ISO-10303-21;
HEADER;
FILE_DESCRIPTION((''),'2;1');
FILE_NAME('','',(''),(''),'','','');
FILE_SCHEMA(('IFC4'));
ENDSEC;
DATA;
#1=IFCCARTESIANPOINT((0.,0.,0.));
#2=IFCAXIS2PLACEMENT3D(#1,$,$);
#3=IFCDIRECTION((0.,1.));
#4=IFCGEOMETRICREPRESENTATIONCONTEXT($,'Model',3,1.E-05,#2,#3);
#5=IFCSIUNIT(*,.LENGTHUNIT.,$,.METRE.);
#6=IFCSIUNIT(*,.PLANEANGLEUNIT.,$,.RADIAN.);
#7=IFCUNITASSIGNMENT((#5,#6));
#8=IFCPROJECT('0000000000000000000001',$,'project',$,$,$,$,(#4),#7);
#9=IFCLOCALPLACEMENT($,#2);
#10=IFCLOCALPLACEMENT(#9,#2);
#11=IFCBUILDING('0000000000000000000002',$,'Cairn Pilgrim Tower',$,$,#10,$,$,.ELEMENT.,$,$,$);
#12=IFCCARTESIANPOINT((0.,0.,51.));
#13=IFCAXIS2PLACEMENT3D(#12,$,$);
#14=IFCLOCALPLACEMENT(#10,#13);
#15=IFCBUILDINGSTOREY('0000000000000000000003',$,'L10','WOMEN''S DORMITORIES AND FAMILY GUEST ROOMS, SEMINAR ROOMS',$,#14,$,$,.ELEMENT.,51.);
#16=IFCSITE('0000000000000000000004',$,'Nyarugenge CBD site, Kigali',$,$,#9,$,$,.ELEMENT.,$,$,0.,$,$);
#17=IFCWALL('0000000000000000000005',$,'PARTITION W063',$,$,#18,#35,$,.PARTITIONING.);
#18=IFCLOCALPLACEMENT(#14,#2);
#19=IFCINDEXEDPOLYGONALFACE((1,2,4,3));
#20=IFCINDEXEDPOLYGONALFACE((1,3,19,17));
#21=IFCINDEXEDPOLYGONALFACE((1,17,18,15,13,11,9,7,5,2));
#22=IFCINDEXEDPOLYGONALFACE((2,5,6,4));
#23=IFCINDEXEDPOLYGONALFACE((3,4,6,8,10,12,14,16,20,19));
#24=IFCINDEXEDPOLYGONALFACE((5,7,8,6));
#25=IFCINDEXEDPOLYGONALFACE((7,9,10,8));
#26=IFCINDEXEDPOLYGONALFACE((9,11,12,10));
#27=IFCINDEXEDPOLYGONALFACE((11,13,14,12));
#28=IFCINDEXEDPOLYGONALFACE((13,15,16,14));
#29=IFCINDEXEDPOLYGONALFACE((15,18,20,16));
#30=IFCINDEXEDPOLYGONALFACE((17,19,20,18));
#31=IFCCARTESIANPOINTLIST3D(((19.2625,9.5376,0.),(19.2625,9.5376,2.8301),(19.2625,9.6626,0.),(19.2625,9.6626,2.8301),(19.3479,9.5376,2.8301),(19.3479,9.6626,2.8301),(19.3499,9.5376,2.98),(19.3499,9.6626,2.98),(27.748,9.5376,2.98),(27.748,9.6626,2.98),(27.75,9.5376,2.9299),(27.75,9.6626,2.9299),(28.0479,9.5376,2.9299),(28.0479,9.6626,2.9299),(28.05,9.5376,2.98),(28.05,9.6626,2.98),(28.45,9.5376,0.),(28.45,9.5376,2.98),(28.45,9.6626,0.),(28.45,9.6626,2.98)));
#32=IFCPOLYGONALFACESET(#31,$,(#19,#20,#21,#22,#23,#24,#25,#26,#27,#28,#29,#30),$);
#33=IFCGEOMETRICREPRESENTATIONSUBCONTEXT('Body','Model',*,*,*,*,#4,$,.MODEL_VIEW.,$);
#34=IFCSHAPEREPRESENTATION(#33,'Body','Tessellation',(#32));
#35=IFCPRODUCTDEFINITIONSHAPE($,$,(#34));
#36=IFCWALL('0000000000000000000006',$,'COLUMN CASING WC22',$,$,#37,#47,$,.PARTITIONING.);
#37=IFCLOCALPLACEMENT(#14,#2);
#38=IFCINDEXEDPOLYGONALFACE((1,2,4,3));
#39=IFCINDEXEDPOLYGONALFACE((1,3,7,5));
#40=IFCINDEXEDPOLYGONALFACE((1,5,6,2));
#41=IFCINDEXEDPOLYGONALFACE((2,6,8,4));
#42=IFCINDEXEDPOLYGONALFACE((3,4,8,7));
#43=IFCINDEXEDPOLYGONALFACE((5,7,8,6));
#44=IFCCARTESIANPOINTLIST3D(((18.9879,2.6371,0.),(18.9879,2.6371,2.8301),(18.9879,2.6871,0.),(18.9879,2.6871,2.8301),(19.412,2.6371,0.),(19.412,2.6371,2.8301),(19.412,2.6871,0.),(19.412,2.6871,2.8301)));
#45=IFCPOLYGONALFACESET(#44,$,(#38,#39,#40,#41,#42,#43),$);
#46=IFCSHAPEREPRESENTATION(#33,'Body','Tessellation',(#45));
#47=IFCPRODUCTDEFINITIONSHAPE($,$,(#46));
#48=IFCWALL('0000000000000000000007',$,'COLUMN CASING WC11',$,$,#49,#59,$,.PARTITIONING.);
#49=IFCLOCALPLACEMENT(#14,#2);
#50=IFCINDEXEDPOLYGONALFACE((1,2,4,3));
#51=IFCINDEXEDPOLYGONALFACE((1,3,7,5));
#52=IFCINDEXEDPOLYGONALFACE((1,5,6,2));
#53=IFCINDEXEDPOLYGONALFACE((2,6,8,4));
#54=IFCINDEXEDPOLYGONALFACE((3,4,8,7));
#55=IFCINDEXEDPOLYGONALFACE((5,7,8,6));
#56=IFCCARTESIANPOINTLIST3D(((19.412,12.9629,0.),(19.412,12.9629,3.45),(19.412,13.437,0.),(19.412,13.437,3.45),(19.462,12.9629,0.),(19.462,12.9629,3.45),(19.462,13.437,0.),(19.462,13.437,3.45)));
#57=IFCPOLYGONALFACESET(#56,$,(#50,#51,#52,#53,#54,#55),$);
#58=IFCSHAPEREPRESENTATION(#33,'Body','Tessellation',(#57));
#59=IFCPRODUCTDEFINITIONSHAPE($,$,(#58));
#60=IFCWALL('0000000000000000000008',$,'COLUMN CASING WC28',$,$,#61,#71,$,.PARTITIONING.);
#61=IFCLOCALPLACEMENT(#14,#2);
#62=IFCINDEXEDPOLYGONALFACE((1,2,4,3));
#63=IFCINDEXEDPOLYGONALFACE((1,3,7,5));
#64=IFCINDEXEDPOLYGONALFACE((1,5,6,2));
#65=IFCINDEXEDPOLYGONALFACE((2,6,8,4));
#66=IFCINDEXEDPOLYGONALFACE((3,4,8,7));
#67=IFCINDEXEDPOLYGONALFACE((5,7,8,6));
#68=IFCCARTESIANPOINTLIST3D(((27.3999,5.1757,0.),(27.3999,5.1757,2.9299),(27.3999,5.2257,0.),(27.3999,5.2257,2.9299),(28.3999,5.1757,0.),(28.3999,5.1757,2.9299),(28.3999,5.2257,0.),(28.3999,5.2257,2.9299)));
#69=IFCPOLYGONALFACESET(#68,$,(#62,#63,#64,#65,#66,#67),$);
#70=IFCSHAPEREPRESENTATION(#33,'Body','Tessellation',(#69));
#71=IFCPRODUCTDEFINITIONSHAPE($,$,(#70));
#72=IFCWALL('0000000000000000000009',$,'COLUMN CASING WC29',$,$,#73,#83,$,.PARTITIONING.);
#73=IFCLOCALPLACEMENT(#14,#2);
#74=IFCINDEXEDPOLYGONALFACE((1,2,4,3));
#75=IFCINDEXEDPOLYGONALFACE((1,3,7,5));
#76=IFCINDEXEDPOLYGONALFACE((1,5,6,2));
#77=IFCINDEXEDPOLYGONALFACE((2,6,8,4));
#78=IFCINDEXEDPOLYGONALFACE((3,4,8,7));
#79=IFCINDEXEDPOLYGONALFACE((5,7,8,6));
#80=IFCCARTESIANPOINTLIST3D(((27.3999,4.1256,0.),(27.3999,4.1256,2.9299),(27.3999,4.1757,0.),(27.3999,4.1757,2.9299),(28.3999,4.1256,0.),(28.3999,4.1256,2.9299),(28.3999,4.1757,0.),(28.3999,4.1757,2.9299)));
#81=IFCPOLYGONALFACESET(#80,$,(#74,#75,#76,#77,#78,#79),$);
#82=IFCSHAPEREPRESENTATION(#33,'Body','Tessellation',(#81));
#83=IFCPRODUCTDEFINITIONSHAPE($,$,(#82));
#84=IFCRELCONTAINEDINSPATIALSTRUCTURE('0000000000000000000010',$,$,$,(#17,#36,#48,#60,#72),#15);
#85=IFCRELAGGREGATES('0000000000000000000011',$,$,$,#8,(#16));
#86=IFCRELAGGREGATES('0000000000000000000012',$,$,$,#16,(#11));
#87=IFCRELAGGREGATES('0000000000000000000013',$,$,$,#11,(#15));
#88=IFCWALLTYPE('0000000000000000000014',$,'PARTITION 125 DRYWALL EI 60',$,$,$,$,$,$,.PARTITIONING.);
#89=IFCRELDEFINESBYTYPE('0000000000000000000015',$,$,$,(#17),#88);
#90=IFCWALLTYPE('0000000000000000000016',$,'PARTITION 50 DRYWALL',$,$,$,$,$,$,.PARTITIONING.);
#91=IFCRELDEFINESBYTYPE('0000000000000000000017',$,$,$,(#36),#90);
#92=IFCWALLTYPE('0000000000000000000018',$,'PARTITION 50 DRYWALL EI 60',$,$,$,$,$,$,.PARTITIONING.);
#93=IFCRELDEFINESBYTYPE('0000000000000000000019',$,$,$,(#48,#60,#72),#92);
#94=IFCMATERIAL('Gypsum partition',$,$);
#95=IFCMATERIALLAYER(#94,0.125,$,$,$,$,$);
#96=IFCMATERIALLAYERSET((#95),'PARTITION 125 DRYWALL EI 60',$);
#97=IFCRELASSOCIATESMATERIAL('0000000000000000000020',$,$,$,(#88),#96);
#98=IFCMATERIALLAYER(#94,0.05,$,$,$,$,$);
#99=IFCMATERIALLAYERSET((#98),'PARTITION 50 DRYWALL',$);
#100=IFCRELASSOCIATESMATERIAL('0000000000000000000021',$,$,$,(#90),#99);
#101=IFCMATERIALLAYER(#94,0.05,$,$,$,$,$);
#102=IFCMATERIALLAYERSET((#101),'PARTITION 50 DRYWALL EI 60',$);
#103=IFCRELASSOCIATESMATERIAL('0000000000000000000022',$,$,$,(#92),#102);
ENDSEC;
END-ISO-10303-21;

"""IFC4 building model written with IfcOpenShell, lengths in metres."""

from ifc_helpers import new_model, si_unit, direction, frame, frame_2d, origin, place, context, subcontext, project, spatial, polyline, rectangle, outline, extrude, material, layer, layer_set, type_object, element, save


model = new_model("IFC4")

# Units and contexts
model_context = context("Model", 3, precision=1e-05, world=origin(), true_north=direction((0.0, 1.0)))
body_context = subcontext(model_context, "Body", "Model", "MODEL_VIEW")
ifc_project = project(units=[si_unit("LENGTHUNIT", "METRE"), si_unit("PLANEANGLEUNIT", "RADIAN")], contexts=[model_context])

# Site, building, storey
site_placement = place(None, origin())
site = spatial("IfcSite", under=ifc_project, at=site_placement, Name="Nyarugenge CBD site, Kigali", CompositionType="ELEMENT", RefElevation=0.0)
building_placement = place(site_placement, origin())
building = spatial("IfcBuilding", under=site, at=building_placement, Name="Cairn Pilgrim Tower", CompositionType="ELEMENT")
storey_placement = place(building_placement, frame((0.0, 0.0, 51.0)))
storey = spatial("IfcBuildingStorey", under=building, at=storey_placement, Name="L10", Description="WOMEN'S DORMITORIES AND FAMILY GUEST ROOMS, SEMINAR ROOMS", CompositionType="ELEMENT", Elevation=51.0)

# Shared definitions
ifc_material_1 = material(Name="Gypsum partition")

# Shared definitions
ifc_layer_1 = layer(ifc_material_1, 0.125)
ifc_layer_set_1 = layer_set([ifc_layer_1], Name="PARTITION 125 DRYWALL EI 60")
wall_type_1 = type_object("IfcWallType", Name="PARTITION 125 DRYWALL EI 60", PredefinedType="PARTITIONING", material=ifc_layer_set_1)

# Walls
wall_1_placement = place(storey_placement, frame((19.2625, 9.6001, 0.0), z_axis=(0.0, 0.0, 1.0), x_axis=(1.0, 0.0, 0.0)))
element("IfcWall", 1, at=wall_1_placement, inside=storey, type_object=wall_type_1, Name="PARTITION W063", PredefinedType="PARTITIONING", context=body_context, shape_type="SweptSolid", body=[
    extrude(outline(polyline([(0.0, 0.0), (9.1875, 0.0), (9.1875, 2.98), (8.7876, 2.98), (8.7854, 2.9299), (8.4875, 2.9299), (8.4856, 2.98), (0.0874, 2.98), (0.0854, 2.8301), (0.0, 2.8301), (0.0, 0.0)])), frame((0.0, 0.0625, 0.0), z_axis=(0.0, -1.0, 0.0), x_axis=(1.0, 0.0, 0.0)), (0.0, 0.0, 1.0), 0.125),
])
ifc_layer_2 = layer(ifc_material_1, 0.05)
ifc_layer_set_2 = layer_set([ifc_layer_2], Name="PARTITION 50 DRYWALL")
wall_type_2 = type_object("IfcWallType", Name="PARTITION 50 DRYWALL", PredefinedType="PARTITIONING", material=ifc_layer_set_2)
wall_2_placement = place(storey_placement, frame((18.988, 2.6621, 0.0), z_axis=(0.0, 0.0, 1.0), x_axis=(1.0, 0.0, 0.0)))
element("IfcWall", 2, at=wall_2_placement, inside=storey, type_object=wall_type_2, Name="COLUMN CASING WC22", PredefinedType="PARTITIONING", context=body_context, shape_type="SweptSolid", body=[
    extrude(rectangle(XDim=0.4241, YDim=0.05, at=frame_2d((0.2119, 0.0))), origin(), (0.0, 0.0, 1.0), 2.8301),
])
ifc_layer_3 = layer(ifc_material_1, 0.05)
ifc_layer_set_3 = layer_set([ifc_layer_3], Name="PARTITION 50 DRYWALL EI 60")
wall_type_3 = type_object("IfcWallType", Name="PARTITION 50 DRYWALL EI 60", PredefinedType="PARTITIONING", material=ifc_layer_set_3)
wall_3_placement = place(storey_placement, frame((19.437, 12.9629, 0.0), z_axis=(0.0, 0.0, 1.0), x_axis=(0.0, 1.0, 0.0)))
element("IfcWall", 3, at=wall_3_placement, inside=storey, type_object=wall_type_3, Name="COLUMN CASING WC11", PredefinedType="PARTITIONING", context=body_context, shape_type="SweptSolid", body=[
    extrude(rectangle(XDim=0.4741, YDim=0.05, at=frame_2d((0.2371, 0.0))), origin(), (0.0, 0.0, 1.0), 3.45),
])
for number, where, z_axis, x_axis, name in (
    (4, (27.3999, 5.2007, 0.0), (0.0, 0.0, 1.0), (1.0, 0.0, 0.0), "COLUMN CASING WC28"),
    (5, (27.3999, 4.1506, 0.0), (0.0, 0.0, 1.0), (1.0, 0.0, 0.0), "COLUMN CASING WC29"),
):
    element("IfcWall", number, at=place(storey_placement, frame(where, z_axis=z_axis, x_axis=x_axis)), inside=storey, type_object=wall_type_3, Name=name, PredefinedType="PARTITIONING", context=body_context, shape_type="SweptSolid", body=[
        extrude(rectangle(XDim=1.0, YDim=0.05, at=frame_2d((0.5, 0.0))), origin(), (0.0, 0.0, 1.0), 2.9299),
    ])

save(model, "model.ifc")
